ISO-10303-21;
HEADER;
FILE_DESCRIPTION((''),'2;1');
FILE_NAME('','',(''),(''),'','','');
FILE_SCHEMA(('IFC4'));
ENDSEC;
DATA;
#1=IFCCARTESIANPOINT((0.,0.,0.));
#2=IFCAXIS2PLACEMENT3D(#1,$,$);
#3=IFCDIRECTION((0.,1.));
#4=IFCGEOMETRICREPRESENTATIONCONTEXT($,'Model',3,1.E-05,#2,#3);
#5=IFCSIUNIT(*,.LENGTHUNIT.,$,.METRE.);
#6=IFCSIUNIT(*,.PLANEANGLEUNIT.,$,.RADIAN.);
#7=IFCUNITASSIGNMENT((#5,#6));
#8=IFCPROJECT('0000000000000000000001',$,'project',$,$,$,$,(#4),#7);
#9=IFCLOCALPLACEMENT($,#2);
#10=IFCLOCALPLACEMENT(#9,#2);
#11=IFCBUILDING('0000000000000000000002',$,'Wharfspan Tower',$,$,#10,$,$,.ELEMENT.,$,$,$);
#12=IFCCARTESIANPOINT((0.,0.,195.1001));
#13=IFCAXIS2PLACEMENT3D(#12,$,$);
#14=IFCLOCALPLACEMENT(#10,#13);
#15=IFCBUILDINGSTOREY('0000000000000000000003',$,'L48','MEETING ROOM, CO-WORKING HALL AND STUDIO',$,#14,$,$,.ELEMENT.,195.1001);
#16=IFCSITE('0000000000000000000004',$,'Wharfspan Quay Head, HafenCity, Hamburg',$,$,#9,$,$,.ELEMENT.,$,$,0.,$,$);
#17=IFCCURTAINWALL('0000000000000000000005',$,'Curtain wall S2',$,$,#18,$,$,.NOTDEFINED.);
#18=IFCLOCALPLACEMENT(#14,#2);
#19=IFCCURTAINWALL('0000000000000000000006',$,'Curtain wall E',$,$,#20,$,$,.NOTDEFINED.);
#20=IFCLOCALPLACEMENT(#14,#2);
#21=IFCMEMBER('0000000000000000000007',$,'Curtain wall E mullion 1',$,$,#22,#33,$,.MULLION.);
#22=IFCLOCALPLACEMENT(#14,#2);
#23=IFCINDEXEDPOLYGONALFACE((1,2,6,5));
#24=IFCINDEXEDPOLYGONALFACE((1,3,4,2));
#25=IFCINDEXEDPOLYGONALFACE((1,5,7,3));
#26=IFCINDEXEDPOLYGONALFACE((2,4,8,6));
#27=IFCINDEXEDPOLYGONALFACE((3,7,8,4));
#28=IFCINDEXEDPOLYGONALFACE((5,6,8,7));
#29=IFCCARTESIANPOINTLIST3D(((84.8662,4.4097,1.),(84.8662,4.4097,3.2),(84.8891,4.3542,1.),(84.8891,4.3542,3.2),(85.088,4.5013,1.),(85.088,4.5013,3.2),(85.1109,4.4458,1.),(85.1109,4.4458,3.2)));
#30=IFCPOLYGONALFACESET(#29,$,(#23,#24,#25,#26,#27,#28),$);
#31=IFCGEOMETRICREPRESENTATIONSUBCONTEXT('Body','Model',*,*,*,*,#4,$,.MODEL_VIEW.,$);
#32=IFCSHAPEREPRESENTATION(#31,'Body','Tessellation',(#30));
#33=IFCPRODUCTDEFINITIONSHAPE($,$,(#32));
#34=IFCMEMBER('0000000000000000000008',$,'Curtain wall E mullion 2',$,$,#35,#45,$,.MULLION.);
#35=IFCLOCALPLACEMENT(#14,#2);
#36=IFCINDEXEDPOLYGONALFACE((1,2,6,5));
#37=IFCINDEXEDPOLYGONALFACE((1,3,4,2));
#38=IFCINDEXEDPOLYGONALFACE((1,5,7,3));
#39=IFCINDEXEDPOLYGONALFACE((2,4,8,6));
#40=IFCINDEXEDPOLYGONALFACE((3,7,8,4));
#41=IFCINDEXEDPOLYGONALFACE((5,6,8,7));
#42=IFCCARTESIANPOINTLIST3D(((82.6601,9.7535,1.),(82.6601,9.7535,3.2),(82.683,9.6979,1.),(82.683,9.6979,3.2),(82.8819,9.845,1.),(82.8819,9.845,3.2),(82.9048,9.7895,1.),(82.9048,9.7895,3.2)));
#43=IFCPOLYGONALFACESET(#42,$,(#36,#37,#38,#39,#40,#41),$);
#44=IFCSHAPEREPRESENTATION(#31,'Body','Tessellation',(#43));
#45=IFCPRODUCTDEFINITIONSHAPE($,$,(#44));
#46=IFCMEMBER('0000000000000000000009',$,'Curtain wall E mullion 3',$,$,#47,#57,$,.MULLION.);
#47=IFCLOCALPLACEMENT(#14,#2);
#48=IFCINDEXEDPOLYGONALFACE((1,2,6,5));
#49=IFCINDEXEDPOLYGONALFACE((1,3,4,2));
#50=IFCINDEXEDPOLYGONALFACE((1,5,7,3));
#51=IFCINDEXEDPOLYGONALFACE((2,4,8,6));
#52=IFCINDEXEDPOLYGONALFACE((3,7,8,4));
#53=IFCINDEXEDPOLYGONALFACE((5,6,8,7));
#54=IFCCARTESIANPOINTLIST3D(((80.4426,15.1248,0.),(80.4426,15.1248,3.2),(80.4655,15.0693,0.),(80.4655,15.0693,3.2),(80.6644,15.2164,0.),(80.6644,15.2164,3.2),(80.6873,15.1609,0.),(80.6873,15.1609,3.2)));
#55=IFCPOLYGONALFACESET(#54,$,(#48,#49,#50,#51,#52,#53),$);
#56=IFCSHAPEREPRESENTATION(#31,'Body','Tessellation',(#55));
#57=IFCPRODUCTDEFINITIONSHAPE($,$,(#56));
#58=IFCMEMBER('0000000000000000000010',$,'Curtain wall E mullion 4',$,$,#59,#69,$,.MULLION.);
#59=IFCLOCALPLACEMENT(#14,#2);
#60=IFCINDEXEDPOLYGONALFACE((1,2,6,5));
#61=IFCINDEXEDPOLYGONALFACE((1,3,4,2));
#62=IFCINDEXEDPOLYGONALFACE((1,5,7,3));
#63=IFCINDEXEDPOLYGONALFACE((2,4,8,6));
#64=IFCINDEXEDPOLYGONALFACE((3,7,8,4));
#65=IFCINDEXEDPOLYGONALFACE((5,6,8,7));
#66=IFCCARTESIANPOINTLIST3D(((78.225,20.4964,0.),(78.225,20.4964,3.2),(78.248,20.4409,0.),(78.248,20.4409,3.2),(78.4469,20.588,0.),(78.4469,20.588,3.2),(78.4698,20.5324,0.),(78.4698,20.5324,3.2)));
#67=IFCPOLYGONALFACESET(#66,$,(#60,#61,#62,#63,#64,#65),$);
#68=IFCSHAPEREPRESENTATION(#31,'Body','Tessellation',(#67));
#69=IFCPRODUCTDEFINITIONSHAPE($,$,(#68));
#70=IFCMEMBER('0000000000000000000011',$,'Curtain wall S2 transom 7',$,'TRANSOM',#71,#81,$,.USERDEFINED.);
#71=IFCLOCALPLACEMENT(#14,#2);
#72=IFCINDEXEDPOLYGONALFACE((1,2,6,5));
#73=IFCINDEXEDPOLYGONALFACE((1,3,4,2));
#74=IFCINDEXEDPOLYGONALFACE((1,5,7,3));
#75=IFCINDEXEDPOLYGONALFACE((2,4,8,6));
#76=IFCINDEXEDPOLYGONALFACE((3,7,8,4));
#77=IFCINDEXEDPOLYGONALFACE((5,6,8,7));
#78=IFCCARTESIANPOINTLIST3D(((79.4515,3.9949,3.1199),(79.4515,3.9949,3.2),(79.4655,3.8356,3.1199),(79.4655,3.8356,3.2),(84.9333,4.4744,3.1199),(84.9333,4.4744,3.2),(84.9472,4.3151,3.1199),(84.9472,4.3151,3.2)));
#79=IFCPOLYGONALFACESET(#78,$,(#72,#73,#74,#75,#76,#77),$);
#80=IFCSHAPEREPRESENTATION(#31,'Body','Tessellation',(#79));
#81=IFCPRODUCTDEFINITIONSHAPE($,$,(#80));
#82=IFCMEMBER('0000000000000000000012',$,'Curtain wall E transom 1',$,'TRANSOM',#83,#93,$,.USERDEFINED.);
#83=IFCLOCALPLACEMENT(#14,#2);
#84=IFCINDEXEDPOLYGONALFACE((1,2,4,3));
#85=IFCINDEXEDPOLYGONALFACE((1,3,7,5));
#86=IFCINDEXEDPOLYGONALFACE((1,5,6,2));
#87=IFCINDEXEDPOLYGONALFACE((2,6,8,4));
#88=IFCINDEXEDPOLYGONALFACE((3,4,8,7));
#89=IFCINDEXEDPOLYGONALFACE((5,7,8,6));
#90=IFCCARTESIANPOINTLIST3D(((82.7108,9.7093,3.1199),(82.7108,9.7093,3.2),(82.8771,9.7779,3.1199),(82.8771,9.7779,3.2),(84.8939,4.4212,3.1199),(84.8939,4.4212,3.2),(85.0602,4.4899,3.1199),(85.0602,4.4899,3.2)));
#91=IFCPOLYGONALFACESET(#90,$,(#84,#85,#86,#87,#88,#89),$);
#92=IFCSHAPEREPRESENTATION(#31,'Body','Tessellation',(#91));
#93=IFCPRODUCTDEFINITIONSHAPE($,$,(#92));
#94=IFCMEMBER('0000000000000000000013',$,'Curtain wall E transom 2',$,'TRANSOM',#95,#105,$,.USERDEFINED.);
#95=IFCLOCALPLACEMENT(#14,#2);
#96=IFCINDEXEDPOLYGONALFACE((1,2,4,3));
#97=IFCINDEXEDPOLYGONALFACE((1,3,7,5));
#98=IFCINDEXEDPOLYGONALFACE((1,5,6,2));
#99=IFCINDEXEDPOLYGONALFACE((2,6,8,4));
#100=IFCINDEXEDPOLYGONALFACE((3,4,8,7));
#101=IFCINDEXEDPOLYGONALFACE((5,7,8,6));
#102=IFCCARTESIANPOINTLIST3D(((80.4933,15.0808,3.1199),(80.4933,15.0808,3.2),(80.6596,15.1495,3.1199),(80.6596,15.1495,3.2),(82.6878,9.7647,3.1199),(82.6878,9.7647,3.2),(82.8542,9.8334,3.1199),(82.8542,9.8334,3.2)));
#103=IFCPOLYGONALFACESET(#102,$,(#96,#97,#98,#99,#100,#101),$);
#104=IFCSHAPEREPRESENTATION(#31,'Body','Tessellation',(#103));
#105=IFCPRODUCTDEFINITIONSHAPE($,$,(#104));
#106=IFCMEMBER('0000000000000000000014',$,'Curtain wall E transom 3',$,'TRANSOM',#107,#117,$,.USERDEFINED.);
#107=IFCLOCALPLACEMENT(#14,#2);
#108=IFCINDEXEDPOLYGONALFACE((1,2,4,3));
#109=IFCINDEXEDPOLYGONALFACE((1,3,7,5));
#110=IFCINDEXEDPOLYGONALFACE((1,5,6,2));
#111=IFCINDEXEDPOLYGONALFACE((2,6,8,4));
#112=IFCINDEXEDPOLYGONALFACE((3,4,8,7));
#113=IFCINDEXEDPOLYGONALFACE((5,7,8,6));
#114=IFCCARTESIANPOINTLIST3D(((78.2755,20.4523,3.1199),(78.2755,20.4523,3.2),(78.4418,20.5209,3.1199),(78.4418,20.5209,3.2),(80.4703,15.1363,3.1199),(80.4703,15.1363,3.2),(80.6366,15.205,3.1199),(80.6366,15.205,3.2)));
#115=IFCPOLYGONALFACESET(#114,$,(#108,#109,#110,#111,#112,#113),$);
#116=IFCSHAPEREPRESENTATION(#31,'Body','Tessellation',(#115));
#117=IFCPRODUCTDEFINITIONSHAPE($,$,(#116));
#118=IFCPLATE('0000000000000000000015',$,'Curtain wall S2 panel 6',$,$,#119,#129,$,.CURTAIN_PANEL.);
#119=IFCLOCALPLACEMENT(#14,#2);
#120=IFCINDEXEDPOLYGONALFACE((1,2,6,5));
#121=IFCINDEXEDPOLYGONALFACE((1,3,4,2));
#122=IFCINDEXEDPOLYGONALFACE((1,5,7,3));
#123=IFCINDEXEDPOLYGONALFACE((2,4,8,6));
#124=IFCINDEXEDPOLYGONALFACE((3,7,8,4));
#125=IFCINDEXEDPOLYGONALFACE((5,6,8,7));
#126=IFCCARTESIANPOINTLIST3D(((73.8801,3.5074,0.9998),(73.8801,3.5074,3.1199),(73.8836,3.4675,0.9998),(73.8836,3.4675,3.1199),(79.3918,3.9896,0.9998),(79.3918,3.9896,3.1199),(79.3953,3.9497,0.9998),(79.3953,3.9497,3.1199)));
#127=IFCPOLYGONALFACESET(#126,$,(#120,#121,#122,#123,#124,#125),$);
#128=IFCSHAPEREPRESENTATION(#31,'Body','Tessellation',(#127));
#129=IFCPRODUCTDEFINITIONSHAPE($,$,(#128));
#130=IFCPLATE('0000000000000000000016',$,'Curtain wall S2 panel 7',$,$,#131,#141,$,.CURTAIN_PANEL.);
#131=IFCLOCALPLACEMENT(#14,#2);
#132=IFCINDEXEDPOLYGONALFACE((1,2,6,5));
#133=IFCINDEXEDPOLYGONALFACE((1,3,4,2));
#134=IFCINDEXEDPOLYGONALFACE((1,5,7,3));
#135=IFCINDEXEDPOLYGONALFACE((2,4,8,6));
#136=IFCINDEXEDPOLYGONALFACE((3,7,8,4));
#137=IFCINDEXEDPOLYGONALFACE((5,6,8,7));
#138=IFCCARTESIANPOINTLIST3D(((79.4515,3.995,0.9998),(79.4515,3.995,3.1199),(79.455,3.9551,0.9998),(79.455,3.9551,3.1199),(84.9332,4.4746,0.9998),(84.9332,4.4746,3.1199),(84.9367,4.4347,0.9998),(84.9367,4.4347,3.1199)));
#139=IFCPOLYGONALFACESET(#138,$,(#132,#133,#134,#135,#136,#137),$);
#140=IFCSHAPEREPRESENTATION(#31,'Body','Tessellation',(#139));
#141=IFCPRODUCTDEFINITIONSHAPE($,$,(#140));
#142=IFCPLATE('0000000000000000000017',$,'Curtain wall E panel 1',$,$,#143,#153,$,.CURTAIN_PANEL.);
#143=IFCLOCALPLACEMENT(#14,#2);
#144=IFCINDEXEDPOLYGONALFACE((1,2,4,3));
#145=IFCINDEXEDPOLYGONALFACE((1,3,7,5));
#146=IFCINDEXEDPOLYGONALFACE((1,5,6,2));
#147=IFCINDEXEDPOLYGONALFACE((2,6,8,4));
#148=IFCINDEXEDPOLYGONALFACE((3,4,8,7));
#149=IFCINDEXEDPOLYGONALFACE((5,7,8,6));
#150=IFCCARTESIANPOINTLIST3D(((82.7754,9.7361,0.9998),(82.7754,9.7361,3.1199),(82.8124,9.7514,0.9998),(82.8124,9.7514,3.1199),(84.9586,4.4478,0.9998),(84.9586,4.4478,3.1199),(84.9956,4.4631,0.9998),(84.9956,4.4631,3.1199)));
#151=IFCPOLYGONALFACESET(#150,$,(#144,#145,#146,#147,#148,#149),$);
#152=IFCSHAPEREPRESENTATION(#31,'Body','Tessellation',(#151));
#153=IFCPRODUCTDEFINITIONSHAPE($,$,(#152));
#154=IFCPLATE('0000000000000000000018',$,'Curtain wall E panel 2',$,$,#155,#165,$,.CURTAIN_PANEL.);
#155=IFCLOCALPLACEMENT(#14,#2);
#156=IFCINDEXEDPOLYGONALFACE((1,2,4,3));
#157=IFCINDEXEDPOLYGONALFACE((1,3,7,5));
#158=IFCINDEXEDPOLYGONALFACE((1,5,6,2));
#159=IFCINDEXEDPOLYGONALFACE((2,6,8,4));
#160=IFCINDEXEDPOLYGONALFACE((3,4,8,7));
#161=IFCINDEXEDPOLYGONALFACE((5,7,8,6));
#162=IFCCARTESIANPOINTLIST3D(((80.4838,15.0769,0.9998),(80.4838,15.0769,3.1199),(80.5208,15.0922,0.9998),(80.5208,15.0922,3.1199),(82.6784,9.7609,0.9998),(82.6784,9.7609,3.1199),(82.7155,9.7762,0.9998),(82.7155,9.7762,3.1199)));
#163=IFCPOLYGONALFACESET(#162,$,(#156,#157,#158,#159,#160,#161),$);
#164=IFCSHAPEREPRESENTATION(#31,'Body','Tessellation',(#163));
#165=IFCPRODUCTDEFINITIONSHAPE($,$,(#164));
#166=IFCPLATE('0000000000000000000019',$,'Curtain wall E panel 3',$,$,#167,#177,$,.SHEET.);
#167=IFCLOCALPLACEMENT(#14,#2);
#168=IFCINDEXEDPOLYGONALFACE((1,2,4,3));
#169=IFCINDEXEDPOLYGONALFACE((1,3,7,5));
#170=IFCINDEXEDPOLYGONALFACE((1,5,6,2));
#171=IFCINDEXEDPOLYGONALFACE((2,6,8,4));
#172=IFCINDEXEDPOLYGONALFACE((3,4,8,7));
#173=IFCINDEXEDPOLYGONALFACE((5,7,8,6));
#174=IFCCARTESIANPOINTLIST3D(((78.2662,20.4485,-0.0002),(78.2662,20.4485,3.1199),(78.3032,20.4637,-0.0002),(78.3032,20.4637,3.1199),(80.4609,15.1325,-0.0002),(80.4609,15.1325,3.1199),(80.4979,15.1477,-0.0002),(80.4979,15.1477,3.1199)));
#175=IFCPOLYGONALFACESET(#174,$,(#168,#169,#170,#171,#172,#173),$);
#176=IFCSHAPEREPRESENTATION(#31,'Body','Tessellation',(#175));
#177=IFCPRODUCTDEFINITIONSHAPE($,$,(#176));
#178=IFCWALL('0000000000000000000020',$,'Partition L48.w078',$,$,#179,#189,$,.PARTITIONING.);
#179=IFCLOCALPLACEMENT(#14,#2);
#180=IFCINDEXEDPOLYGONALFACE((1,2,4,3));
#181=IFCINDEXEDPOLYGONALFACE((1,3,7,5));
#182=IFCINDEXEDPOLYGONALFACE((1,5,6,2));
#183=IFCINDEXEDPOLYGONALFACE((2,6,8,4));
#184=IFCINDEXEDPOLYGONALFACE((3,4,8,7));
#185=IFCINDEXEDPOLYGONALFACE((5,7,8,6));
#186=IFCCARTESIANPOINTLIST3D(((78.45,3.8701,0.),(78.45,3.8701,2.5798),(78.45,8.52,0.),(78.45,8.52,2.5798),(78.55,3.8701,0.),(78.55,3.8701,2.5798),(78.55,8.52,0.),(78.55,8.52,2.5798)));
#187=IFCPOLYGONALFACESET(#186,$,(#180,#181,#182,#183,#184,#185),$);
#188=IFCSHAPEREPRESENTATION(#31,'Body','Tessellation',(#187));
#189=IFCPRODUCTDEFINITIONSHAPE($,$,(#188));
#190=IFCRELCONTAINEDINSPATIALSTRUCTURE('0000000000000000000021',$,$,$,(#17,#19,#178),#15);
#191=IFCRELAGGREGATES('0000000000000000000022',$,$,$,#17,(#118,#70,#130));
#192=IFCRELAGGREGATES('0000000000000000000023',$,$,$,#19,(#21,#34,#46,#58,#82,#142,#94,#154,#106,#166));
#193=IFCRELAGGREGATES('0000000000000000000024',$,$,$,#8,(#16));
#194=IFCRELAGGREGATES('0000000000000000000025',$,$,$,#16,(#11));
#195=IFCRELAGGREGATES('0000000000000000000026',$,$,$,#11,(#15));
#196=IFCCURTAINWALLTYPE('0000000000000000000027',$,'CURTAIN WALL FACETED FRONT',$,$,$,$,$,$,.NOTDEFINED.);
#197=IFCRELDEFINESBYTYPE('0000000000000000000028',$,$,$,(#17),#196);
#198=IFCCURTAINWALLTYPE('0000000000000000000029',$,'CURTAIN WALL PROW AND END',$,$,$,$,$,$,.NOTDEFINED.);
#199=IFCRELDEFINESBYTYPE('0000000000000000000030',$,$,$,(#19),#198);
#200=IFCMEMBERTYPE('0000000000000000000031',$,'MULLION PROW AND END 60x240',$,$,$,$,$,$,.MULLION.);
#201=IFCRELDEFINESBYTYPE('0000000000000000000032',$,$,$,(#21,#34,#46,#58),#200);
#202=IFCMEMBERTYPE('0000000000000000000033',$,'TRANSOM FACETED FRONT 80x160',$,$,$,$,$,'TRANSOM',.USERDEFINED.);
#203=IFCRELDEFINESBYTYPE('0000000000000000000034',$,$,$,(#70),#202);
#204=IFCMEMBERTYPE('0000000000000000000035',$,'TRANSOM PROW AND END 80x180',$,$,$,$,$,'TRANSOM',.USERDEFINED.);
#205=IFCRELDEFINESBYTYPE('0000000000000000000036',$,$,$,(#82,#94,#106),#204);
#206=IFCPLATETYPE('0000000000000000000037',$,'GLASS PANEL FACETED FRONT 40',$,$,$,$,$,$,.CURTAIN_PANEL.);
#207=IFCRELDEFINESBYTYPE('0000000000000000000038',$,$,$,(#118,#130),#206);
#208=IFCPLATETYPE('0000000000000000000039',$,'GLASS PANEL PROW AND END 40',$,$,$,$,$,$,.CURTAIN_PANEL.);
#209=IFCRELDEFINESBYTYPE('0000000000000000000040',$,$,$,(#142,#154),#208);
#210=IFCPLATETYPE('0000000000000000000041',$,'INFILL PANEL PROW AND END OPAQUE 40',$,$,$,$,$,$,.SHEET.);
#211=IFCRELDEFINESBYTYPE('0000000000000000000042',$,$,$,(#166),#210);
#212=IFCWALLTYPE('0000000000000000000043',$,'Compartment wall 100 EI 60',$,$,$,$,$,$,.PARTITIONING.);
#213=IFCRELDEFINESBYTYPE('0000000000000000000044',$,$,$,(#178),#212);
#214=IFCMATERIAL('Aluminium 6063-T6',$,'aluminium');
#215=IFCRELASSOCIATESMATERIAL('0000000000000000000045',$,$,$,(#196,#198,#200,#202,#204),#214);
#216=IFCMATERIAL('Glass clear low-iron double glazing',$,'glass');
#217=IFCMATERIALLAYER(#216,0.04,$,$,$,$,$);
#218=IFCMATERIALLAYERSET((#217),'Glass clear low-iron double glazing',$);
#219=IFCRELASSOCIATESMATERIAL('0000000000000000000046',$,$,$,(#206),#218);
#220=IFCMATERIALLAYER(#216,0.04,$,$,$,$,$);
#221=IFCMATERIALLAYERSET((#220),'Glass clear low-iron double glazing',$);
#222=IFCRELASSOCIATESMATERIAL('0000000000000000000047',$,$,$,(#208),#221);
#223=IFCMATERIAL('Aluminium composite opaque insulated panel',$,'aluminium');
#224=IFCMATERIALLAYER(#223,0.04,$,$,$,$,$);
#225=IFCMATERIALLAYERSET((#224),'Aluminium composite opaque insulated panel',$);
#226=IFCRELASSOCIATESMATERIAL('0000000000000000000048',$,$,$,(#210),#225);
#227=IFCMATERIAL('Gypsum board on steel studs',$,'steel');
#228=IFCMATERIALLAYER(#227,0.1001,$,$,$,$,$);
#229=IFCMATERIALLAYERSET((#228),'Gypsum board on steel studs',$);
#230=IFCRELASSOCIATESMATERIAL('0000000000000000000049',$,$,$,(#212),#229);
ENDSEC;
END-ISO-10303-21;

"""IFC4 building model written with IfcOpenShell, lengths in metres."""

from ifc_helpers import new_model, si_unit, direction, frame, frame_2d, origin, origin_2d, place, context, subcontext, project, spatial, rectangle, extrude, material, layer, layer_set, material_profile, profile_set, type_object, element, aggregate, save


model = new_model("IFC4")

# Units and contexts
model_context = context("Model", 3, precision=1e-05, world=origin(), true_north=direction((0.0, 1.0)))
body_context = subcontext(model_context, "Body", "Model", "MODEL_VIEW")
ifc_project = project(units=[si_unit("LENGTHUNIT", "METRE"), si_unit("PLANEANGLEUNIT", "RADIAN")], contexts=[model_context])

# Site, building, storey
site_placement = place(None, origin())
site = spatial("IfcSite", under=ifc_project, at=site_placement, Name="Wharfspan Quay Head, HafenCity, Hamburg", CompositionType="ELEMENT", RefElevation=0.0)
building_placement = place(site_placement, origin())
building = spatial("IfcBuilding", under=site, at=building_placement, Name="Wharfspan Tower", CompositionType="ELEMENT")
storey_placement = place(building_placement, frame((0.0, 0.0, 195.1001)))
storey = spatial("IfcBuildingStorey", under=building, at=storey_placement, Name="L48", Description="MEETING ROOM, CO-WORKING HALL AND STUDIO", CompositionType="ELEMENT", Elevation=195.1001)

# Curtain walls, members
ifc_material_1 = material(Name="Aluminium 6063-T6", Category="aluminium")
curtain_wall_type_1 = type_object("IfcCurtainWallType", Name="CURTAIN WALL FACETED FRONT", PredefinedType="NOTDEFINED", material=ifc_material_1)
curtain_wall_1_placement = place(storey_placement, origin())
curtain_wall_1 = element("IfcCurtainWall", 1, at=curtain_wall_1_placement, inside=storey, type_object=curtain_wall_type_1, Name="Curtain wall S2", PredefinedType="NOTDEFINED")
curtain_wall_type_2 = type_object("IfcCurtainWallType", Name="CURTAIN WALL PROW AND END", PredefinedType="NOTDEFINED", material=ifc_material_1)
curtain_wall_2_placement = place(storey_placement, origin())
curtain_wall_2 = element("IfcCurtainWall", 2, at=curtain_wall_2_placement, inside=storey, type_object=curtain_wall_type_2, Name="Curtain wall E", PredefinedType="NOTDEFINED")
ifc_material_profile_1 = material_profile(ifc_material_1, rectangle(XDim=0.24, YDim=0.0601, at=origin_2d()))
ifc_profile_set_1 = profile_set([ifc_material_profile_1], Name="Aluminium 6063-T6")
member_type_1 = type_object("IfcMemberType", Name="MULLION PROW AND END 60x240", PredefinedType="MULLION", material=ifc_profile_set_1)
member_1_placement = place(storey_placement, frame((84.9885, 4.4277, 1.0), z_axis=(0.0, 0.0, 1.0), x_axis=(-0.924325, -0.381602, 0.0)))
member_1 = element("IfcMember", 3, at=member_1_placement, type_object=member_type_1, Name="Curtain wall E mullion 1", PredefinedType="MULLION", context=body_context, shape_type="SweptSolid", body=[
    extrude(rectangle(XDim=0.24, YDim=0.0601, at=origin_2d()), origin(), (0.0, 0.0, 1.0), 2.2),
])
member_2_placement = place(storey_placement, frame((82.7825, 9.7715, 1.0), z_axis=(0.0, 0.0, 1.0), x_axis=(-0.924325, -0.381602, 0.0)))
member_2 = element("IfcMember", 4, at=member_2_placement, type_object=member_type_1, Name="Curtain wall E mullion 2", PredefinedType="MULLION", context=body_context, shape_type="SweptSolid", body=[
    extrude(rectangle(XDim=0.24, YDim=0.0601, at=origin_2d()), origin(), (0.0, 0.0, 1.0), 2.2),
])
member_3_placement = place(storey_placement, frame((80.5649, 15.1428, 0.0), z_axis=(0.0, 0.0, 1.0), x_axis=(-0.924325, -0.381602, 0.0)))
member_3 = element("IfcMember", 5, at=member_3_placement, type_object=member_type_1, Name="Curtain wall E mullion 3", PredefinedType="MULLION", context=body_context, shape_type="SweptSolid", body=[
    extrude(rectangle(XDim=0.24, YDim=0.0601, at=origin_2d()), origin(), (0.0, 0.0, 1.0), 3.2),
])
member_4_placement = place(storey_placement, frame((78.3474, 20.5144, 0.0), z_axis=(0.0, 0.0, 1.0), x_axis=(-0.924325, -0.381602, 0.0)))
member_4 = element("IfcMember", 6, at=member_4_placement, type_object=member_type_1, Name="Curtain wall E mullion 4", PredefinedType="MULLION", context=body_context, shape_type="SweptSolid", body=[
    extrude(rectangle(XDim=0.24, YDim=0.0601, at=origin_2d()), origin(), (0.0, 0.0, 1.0), 3.2),
])

# Members
ifc_material_profile_2 = material_profile(ifc_material_1, rectangle(XDim=0.1599, YDim=0.0801, at=origin_2d()))
ifc_profile_set_2 = profile_set([ifc_material_profile_2], Name="Aluminium 6063-T6")
member_type_2 = type_object("IfcMemberType", Name="TRANSOM FACETED FRONT 80x160", ElementType="TRANSOM", PredefinedType="USERDEFINED", material=ifc_profile_set_2)
member_5_placement = place(storey_placement, frame((79.4585, 3.9153, 3.1599), z_axis=(0.996196, 0.087139, 0.0), x_axis=(-0.087139, 0.996196, 0.0)))
member_5 = element("IfcMember", 7, at=member_5_placement, type_object=member_type_2, Name="Curtain wall S2 transom 7", ObjectType="TRANSOM", PredefinedType="USERDEFINED", context=body_context, shape_type="SweptSolid", body=[
    extrude(rectangle(XDim=0.1599, YDim=0.0801, at=origin_2d()), origin(), (0.0, 0.0, 1.0), 5.5027),
])
ifc_material_profile_3 = material_profile(ifc_material_1, rectangle(XDim=0.1799, YDim=0.0801, at=origin_2d()))
ifc_profile_set_3 = profile_set([ifc_material_profile_3], Name="Aluminium 6063-T6")
member_type_3 = type_object("IfcMemberType", Name="TRANSOM PROW AND END 80x180", ElementType="TRANSOM", PredefinedType="USERDEFINED", material=ifc_profile_set_3)
member_6_placement = place(storey_placement, frame((84.9771, 4.4556, 3.1599), z_axis=(-0.381595, 0.924329, 0.0), x_axis=(-0.924329, -0.381595, 0.0)))
member_6 = element("IfcMember", 8, at=member_6_placement, type_object=member_type_3, Name="Curtain wall E transom 1", ObjectType="TRANSOM", PredefinedType="USERDEFINED", context=body_context, shape_type="SweptSolid", body=[
    extrude(rectangle(XDim=0.1799, YDim=0.0801, at=origin_2d()), origin(), (0.0, 0.0, 1.0), 5.7209),
])
member_7_placement = place(storey_placement, frame((82.771, 9.7991, 3.1599), z_axis=(-0.381578, 0.924337, 0.0), x_axis=(-0.924337, -0.381578, 0.0)))
member_7 = element("IfcMember", 9, at=member_7_placement, type_object=member_type_3, Name="Curtain wall E transom 2", ObjectType="TRANSOM", PredefinedType="USERDEFINED", context=body_context, shape_type="SweptSolid", body=[
    extrude(rectangle(XDim=0.1799, YDim=0.0801, at=origin_2d()), origin(), (0.0, 0.0, 1.0), 5.7512),
])
member_8_placement = place(storey_placement, frame((80.5535, 15.1707, 3.1599), z_axis=(-0.381629, 0.924315, 0.0), x_axis=(-0.924315, -0.381629, 0.0)))
member_8 = element("IfcMember", 10, at=member_8_placement, type_object=member_type_3, Name="Curtain wall E transom 3", ObjectType="TRANSOM", PredefinedType="USERDEFINED", context=body_context, shape_type="SweptSolid", body=[
    extrude(rectangle(XDim=0.1799, YDim=0.0801, at=origin_2d()), origin(), (0.0, 0.0, 1.0), 5.7512),
])

# Plates
ifc_material_2 = material(Name="Glass clear low-iron double glazing", Category="glass")
ifc_layer_1 = layer(ifc_material_2, 0.04)
ifc_layer_set_1 = layer_set([ifc_layer_1], Name="Glass clear low-iron double glazing")
plate_type_1 = type_object("IfcPlateType", Name="GLASS PANEL FACETED FRONT 40", PredefinedType="CURTAIN_PANEL", material=ifc_layer_set_1)
plate_1_placement = place(storey_placement, frame((76.6377, 3.7285, 0.9998), z_axis=(0.0, 0.0, 1.0), x_axis=(0.996198, 0.087156, 0.0)))
plate_1 = element("IfcPlate", 11, at=plate_1_placement, type_object=plate_type_1, Name="Curtain wall S2 panel 6", PredefinedType="CURTAIN_PANEL", context=body_context, shape_type="SweptSolid", body=[
    extrude(rectangle(XDim=5.5327, YDim=0.04, at=origin_2d()), origin(), (0.0, 0.0, 1.0), 2.1201),
])
plate_2_placement = place(storey_placement, frame((82.1941, 4.2148, 0.9998), z_axis=(0.0, 0.0, 1.0), x_axis=(0.996198, 0.087156, 0.0)))
plate_2 = element("IfcPlate", 12, at=plate_2_placement, type_object=plate_type_1, Name="Curtain wall S2 panel 7", PredefinedType="CURTAIN_PANEL", context=body_context, shape_type="SweptSolid", body=[
    extrude(rectangle(XDim=5.5027, YDim=0.04, at=origin_2d()), origin(), (0.0, 0.0, 1.0), 2.1201),
])
aggregate(curtain_wall_1, [plate_1, member_5, plate_2])
ifc_layer_2 = layer(ifc_material_2, 0.04)
ifc_layer_set_2 = layer_set([ifc_layer_2], Name="Glass clear low-iron double glazing")
plate_type_2 = type_object("IfcPlateType", Name="GLASS PANEL PROW AND END 40", PredefinedType="CURTAIN_PANEL", material=ifc_layer_set_2)
plate_3_placement = place(storey_placement, frame((83.8855, 7.0996, 0.9998), z_axis=(0.0, 0.0, 1.0), x_axis=(-0.381602, 0.924325, 0.0)))
plate_3 = element("IfcPlate", 13, at=plate_3_placement, type_object=plate_type_2, Name="Curtain wall E panel 1", PredefinedType="CURTAIN_PANEL", context=body_context, shape_type="SweptSolid", body=[
    extrude(rectangle(XDim=5.7212, YDim=0.04, at=origin_2d()), origin(), (0.0, 0.0, 1.0), 2.1201),
])
plate_4_placement = place(storey_placement, frame((81.5996, 12.4265, 0.9998), z_axis=(0.0, 0.0, 1.0), x_axis=(-0.381602, 0.924325, 0.0)))
plate_4 = element("IfcPlate", 14, at=plate_4_placement, type_object=plate_type_2, Name="Curtain wall E panel 2", PredefinedType="CURTAIN_PANEL", context=body_context, shape_type="SweptSolid", body=[
    extrude(rectangle(XDim=5.7512, YDim=0.04, at=origin_2d()), origin(), (0.0, 0.0, 1.0), 2.1201),
])
ifc_material_3 = material(Name="Aluminium composite opaque insulated panel", Category="aluminium")
ifc_layer_3 = layer(ifc_material_3, 0.04)
ifc_layer_set_3 = layer_set([ifc_layer_3], Name="Aluminium composite opaque insulated panel")
plate_type_3 = type_object("IfcPlateType", Name="INFILL PANEL PROW AND END OPAQUE 40", PredefinedType="SHEET", material=ifc_layer_set_3)
plate_5_placement = place(storey_placement, frame((79.3821, 17.7981, -0.0002), z_axis=(0.0, 0.0, 1.0), x_axis=(-0.381602, 0.924325, 0.0)))
plate_5 = element("IfcPlate", 15, at=plate_5_placement, type_object=plate_type_3, Name="Curtain wall E panel 3", PredefinedType="SHEET", context=body_context, shape_type="SweptSolid", body=[
    extrude(rectangle(XDim=5.7512, YDim=0.04, at=origin_2d()), origin(), (0.0, 0.0, 1.0), 3.1201),
])
aggregate(curtain_wall_2, [member_1, member_2, member_3, member_4, member_6, plate_3, member_7, plate_4, member_8, plate_5])

# Wall
ifc_material_4 = material(Name="Gypsum board on steel studs", Category="steel")
ifc_layer_4 = layer(ifc_material_4, 0.1001)
ifc_layer_set_4 = layer_set([ifc_layer_4], Name="Gypsum board on steel studs")
wall_type_1 = type_object("IfcWallType", Name="Compartment wall 100 EI 60", PredefinedType="PARTITIONING", material=ifc_layer_set_4)
wall_1_placement = place(storey_placement, frame((78.5, 3.8701, 0.0), z_axis=(0.0, 0.0, 1.0), x_axis=(0.0, 1.0, 0.0)))
element("IfcWall", 16, at=wall_1_placement, inside=storey, type_object=wall_type_1, Name="Partition L48.w078", PredefinedType="PARTITIONING", context=body_context, shape_type="SweptSolid", body=[
    extrude(rectangle(XDim=4.6499, YDim=0.1001, at=frame_2d((2.325, 0.0))), origin(), (0.0, 0.0, 1.0), 2.5798),
])

save(model, "model.ifc")
